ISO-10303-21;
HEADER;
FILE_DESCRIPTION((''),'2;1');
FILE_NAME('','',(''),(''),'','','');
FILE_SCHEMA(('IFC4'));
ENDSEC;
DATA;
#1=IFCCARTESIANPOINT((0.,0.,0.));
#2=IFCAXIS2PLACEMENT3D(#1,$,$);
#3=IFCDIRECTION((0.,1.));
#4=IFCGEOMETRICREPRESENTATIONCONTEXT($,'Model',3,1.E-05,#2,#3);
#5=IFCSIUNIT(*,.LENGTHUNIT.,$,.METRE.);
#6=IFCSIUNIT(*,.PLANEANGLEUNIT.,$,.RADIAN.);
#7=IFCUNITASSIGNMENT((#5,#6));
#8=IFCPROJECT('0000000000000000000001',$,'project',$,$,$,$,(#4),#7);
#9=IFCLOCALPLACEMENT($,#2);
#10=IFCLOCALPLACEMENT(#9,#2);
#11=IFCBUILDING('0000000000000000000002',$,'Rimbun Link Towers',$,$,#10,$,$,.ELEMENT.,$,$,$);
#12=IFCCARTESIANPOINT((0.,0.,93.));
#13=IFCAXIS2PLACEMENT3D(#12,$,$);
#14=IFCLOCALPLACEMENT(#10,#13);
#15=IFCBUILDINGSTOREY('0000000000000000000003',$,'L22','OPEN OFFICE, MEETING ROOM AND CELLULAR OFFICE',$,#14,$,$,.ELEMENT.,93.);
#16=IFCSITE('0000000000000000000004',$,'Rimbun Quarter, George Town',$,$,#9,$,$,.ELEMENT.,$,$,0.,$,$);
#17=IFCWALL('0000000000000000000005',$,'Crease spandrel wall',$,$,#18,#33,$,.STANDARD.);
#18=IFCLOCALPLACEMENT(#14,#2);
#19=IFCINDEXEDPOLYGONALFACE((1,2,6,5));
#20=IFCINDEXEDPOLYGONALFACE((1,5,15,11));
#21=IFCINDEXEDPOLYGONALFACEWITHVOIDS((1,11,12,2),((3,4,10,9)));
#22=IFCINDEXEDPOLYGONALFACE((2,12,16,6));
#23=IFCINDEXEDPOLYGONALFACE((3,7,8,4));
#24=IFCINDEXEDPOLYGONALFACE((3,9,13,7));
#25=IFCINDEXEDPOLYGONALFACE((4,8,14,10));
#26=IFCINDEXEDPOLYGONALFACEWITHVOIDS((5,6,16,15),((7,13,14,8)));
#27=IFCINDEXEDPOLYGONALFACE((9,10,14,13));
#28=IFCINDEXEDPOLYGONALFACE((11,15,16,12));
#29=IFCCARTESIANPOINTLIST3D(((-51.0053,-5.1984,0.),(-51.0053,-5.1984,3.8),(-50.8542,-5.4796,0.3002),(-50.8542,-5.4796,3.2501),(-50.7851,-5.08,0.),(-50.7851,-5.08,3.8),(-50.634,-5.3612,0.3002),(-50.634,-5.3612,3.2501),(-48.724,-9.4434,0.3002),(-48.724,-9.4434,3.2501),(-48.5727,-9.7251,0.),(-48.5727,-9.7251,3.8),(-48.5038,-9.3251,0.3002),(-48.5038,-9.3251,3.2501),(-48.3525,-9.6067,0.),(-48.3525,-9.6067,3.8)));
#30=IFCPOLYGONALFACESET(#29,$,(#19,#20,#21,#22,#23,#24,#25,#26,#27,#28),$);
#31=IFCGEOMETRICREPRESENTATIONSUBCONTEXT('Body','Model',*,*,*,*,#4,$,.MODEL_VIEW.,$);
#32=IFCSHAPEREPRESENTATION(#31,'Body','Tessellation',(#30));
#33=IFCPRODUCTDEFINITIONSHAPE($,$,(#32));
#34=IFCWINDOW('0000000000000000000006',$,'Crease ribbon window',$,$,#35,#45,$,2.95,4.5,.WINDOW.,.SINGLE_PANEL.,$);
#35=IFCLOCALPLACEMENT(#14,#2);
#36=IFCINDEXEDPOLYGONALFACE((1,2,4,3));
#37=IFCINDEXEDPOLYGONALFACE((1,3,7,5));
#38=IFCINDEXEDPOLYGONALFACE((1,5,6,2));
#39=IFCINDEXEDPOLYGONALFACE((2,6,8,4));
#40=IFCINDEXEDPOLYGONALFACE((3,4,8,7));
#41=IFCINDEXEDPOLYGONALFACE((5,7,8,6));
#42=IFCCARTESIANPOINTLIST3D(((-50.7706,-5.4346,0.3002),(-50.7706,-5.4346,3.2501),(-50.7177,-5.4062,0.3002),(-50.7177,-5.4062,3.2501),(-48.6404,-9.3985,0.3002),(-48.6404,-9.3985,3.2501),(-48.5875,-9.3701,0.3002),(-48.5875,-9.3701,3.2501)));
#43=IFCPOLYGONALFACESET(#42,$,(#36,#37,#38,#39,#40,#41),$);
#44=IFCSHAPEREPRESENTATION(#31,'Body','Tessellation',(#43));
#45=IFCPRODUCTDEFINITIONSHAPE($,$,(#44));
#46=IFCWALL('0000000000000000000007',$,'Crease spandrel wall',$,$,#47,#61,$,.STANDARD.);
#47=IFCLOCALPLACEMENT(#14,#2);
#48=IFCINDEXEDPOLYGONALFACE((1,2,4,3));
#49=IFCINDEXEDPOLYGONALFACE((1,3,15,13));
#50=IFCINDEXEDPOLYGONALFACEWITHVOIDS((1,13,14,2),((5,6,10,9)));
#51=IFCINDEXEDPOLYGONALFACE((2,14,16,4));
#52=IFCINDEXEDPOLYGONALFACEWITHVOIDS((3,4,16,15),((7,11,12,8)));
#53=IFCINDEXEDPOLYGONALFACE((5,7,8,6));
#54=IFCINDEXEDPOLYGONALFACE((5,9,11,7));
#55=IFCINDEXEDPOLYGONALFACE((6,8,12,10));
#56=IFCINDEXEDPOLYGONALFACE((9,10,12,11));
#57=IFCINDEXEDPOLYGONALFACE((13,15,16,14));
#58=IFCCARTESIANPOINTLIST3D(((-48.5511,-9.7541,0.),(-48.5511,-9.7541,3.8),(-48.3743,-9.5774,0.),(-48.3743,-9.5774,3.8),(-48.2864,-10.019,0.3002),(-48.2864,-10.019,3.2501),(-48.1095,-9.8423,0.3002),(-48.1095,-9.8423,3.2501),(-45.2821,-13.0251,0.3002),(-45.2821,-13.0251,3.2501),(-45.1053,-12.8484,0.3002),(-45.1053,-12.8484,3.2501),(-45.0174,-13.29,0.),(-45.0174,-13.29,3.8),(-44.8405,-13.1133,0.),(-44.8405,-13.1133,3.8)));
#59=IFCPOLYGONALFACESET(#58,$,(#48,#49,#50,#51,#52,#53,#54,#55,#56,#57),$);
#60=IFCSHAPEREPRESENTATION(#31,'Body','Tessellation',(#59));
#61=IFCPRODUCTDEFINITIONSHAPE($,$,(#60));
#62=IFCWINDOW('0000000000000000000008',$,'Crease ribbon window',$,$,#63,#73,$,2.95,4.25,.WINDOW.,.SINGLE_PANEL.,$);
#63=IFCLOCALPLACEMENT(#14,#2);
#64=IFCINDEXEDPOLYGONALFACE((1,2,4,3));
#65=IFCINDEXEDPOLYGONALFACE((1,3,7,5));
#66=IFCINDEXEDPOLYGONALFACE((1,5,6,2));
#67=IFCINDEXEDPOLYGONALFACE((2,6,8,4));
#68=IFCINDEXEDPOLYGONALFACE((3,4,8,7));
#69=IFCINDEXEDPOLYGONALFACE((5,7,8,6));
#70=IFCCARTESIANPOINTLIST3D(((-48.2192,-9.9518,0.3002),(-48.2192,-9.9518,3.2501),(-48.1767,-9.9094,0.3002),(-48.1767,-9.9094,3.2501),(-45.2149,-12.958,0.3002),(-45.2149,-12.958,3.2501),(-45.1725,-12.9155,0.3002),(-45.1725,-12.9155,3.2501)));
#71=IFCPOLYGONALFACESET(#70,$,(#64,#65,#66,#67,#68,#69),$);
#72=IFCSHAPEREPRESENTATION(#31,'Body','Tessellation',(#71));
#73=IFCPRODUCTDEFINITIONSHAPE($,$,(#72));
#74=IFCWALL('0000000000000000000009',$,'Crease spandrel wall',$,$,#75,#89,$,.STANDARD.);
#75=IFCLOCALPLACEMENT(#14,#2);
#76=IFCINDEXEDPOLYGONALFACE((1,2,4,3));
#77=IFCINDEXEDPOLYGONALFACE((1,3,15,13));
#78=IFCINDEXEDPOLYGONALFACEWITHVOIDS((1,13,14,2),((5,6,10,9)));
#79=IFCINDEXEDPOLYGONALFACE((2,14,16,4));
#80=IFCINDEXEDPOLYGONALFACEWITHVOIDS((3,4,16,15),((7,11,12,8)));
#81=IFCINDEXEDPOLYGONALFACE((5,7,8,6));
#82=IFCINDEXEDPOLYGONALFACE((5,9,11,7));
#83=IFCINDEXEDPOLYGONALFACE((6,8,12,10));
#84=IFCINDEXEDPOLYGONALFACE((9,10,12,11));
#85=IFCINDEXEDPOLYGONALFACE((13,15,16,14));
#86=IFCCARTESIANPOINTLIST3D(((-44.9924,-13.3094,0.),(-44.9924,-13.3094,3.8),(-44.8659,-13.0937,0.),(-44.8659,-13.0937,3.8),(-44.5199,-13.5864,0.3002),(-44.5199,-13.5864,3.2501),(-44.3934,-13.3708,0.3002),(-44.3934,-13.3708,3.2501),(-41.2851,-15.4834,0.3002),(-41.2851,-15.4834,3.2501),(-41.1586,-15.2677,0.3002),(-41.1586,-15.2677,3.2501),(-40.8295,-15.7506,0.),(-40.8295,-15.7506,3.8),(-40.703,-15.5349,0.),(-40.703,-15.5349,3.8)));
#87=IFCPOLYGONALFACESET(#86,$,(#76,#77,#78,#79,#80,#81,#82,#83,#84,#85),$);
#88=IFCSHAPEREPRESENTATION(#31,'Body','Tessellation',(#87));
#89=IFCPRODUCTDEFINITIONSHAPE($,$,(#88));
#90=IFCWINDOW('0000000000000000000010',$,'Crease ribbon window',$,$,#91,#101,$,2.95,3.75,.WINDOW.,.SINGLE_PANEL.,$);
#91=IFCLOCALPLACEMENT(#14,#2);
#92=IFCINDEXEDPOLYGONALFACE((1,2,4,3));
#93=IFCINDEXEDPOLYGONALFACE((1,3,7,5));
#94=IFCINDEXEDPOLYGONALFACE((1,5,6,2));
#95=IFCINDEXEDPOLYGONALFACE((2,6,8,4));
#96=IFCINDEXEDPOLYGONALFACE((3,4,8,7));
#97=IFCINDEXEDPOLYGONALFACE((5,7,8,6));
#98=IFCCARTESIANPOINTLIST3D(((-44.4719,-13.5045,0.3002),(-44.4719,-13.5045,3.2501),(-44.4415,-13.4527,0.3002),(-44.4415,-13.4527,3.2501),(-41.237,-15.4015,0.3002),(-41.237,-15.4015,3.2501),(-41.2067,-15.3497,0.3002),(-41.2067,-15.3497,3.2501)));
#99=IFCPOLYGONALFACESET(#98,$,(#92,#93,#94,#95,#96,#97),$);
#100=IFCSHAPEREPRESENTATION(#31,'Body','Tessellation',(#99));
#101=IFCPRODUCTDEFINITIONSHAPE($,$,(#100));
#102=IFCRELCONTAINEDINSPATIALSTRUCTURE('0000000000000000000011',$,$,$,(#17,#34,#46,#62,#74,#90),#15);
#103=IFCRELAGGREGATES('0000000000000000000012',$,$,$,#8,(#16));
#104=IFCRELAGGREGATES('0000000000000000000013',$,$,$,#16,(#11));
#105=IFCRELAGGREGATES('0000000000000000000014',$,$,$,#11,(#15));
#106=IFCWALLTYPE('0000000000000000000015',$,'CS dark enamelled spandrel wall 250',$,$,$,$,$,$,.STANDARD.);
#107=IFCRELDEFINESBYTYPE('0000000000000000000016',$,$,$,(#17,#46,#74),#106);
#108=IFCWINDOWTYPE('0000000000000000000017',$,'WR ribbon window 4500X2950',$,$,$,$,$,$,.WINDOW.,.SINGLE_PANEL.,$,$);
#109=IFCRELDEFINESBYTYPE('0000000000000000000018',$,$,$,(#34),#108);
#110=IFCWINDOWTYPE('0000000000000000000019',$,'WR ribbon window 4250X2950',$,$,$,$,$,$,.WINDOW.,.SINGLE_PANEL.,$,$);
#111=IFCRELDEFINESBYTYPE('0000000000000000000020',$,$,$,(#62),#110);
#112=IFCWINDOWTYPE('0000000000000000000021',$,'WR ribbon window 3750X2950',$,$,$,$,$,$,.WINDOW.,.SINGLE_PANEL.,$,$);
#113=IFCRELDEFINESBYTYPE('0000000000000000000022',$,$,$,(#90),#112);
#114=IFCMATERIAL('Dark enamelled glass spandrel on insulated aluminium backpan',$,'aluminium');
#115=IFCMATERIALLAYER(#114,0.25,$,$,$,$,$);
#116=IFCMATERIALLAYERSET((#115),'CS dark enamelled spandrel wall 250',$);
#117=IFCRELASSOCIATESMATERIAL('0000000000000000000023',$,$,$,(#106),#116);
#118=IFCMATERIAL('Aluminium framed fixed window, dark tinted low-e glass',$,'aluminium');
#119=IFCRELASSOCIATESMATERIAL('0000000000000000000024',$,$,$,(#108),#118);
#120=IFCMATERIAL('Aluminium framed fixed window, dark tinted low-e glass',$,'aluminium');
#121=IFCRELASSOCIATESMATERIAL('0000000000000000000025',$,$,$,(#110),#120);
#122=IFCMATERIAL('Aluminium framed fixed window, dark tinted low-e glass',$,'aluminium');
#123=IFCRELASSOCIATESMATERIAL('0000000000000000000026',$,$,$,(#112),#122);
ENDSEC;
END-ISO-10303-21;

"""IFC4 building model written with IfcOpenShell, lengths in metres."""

from ifc_helpers import new_model, si_unit, direction, frame, frame_2d, origin, place, context, subcontext, project, spatial, rectangle, extrude, material, layer, layer_set, type_object, element, fill, save


model = new_model("IFC4")

# Units and contexts
model_context = context("Model", 3, precision=1e-05, world=origin(), true_north=direction((0.0, 1.0)))
body_context = subcontext(model_context, "Body", "Model", "MODEL_VIEW")
ifc_project = project(units=[si_unit("LENGTHUNIT", "METRE"), si_unit("PLANEANGLEUNIT", "RADIAN")], contexts=[model_context])

# Site, building, storey
site_placement = place(None, origin())
site = spatial("IfcSite", under=ifc_project, at=site_placement, Name="Rimbun Quarter, George Town", CompositionType="ELEMENT", RefElevation=0.0)
building_placement = place(site_placement, origin())
building = spatial("IfcBuilding", under=site, at=building_placement, Name="Rimbun Link Towers", CompositionType="ELEMENT")
storey_placement = place(building_placement, frame((0.0, 0.0, 93.0)))
storey = spatial("IfcBuildingStorey", under=building, at=storey_placement, Name="L22", Description="OPEN OFFICE, MEETING ROOM AND CELLULAR OFFICE", CompositionType="ELEMENT", Elevation=93.0)

# Shared definitions
ifc_material_1 = material(Name="Dark enamelled glass spandrel on insulated aluminium backpan", Category="aluminium")
ifc_layer_1 = layer(ifc_material_1, 0.25)
ifc_layer_set_1 = layer_set([ifc_layer_1], Name="CS dark enamelled spandrel wall 250")
wall_type_1 = type_object("IfcWallType", Name="CS dark enamelled spandrel wall 250", PredefinedType="STANDARD", material=ifc_layer_set_1)

# Walls, openings, windows
wall_1_placement = place(storey_placement, frame((-48.4626, -9.6658, 0.0), z_axis=(0.0, 0.0, 1.0), x_axis=(-0.473377, 0.88086, 0.0)))
wall_1 = element("IfcWall", 1, at=wall_1_placement, inside=storey, type_object=wall_type_1, Name="Crease spandrel wall", PredefinedType="STANDARD", context=body_context, shape_type="SweptSolid", body=[
    extrude(rectangle(XDim=5.1389, YDim=0.25, at=frame_2d((2.5693, 0.0))), origin(), (0.0, 0.0, 1.0), 3.8),
])
opening_1_placement = place(wall_1_placement, frame((0.3196, 0.0, 0.3)))
opening_1 = element("IfcOpeningElement", 2, at=opening_1_placement, cuts=wall_1, PredefinedType="OPENING", context=body_context, shape_type="SweptSolid", body=[
    extrude(rectangle(XDim=4.5, YDim=2.95, at=frame_2d((2.25, 1.4751))), frame((0.0, 0.135, 0.0), z_axis=(0.0, -1.0, 0.0), x_axis=(1.0, 0.0, 0.0)), (0.0, 0.0, 1.0), 0.27),
])
ifc_material_2 = material(Name="Aluminium framed fixed window, dark tinted low-e glass", Category="aluminium")
window_type_1 = type_object("IfcWindowType", Name="WR ribbon window 4500X2950", PartitioningType="SINGLE_PANEL", PredefinedType="WINDOW", material=ifc_material_2)
window_1_placement = place(opening_1_placement, origin())
window_1 = element("IfcWindow", 3, at=window_1_placement, inside=storey, type_object=window_type_1, Name="Crease ribbon window", OverallHeight=2.95, OverallWidth=4.5, PartitioningType="SINGLE_PANEL", PredefinedType="WINDOW", context=body_context, shape_type="SweptSolid", body=[
    extrude(rectangle(XDim=4.5, YDim=2.95, at=frame_2d((2.25, 1.4751))), frame((0.0, 0.03, 0.0), z_axis=(0.0, -1.0, 0.0), x_axis=(1.0, 0.0, 0.0)), (0.0, 0.0, 1.0), 0.0601),
])
fill(opening_1, window_1)
wall_2_placement = place(storey_placement, frame((-44.929, -13.2017, 0.0), z_axis=(0.0, 0.0, 1.0), x_axis=(-0.706887, 0.707327, 0.0)))
wall_2 = element("IfcWall", 4, at=wall_2_placement, inside=storey, type_object=wall_type_1, Name="Crease spandrel wall", PredefinedType="STANDARD", context=body_context, shape_type="SweptSolid", body=[
    extrude(rectangle(XDim=4.999, YDim=0.25, at=frame_2d((2.4995, 0.0))), origin(), (0.0, 0.0, 1.0), 3.8),
])
opening_2_placement = place(wall_2_placement, frame((0.3745, 0.0, 0.3)))
opening_2 = element("IfcOpeningElement", 5, at=opening_2_placement, cuts=wall_2, PredefinedType="OPENING", context=body_context, shape_type="SweptSolid", body=[
    extrude(rectangle(XDim=4.25, YDim=2.95, at=frame_2d((2.125, 1.4751))), frame((0.0, 0.135, 0.0), z_axis=(0.0, -1.0, 0.0), x_axis=(1.0, 0.0, 0.0)), (0.0, 0.0, 1.0), 0.27),
])
ifc_material_3 = material(Name="Aluminium framed fixed window, dark tinted low-e glass", Category="aluminium")
window_type_2 = type_object("IfcWindowType", Name="WR ribbon window 4250X2950", PartitioningType="SINGLE_PANEL", PredefinedType="WINDOW", material=ifc_material_3)
window_2_placement = place(opening_2_placement, origin())
window_2 = element("IfcWindow", 6, at=window_2_placement, inside=storey, type_object=window_type_2, Name="Crease ribbon window", OverallHeight=2.95, OverallWidth=4.25, PartitioningType="SINGLE_PANEL", PredefinedType="WINDOW", context=body_context, shape_type="SweptSolid", body=[
    extrude(rectangle(XDim=4.25, YDim=2.95, at=frame_2d((2.125, 1.4751))), frame((0.0, 0.03, 0.0), z_axis=(0.0, -1.0, 0.0), x_axis=(1.0, 0.0, 0.0)), (0.0, 0.0, 1.0), 0.0601),
])
fill(opening_2, window_2)
wall_3_placement = place(storey_placement, frame((-40.7661, -15.6428, 0.0), z_axis=(0.0, 0.0, 1.0), x_axis=(-0.862619, 0.505855, 0.0)))
wall_3 = element("IfcWall", 7, at=wall_3_placement, inside=storey, type_object=wall_type_1, Name="Crease spandrel wall", PredefinedType="STANDARD", context=body_context, shape_type="SweptSolid", body=[
    extrude(rectangle(XDim=4.8259, YDim=0.25, at=frame_2d((2.4131, 0.0))), origin(), (0.0, 0.0, 1.0), 3.8),
])
opening_3_placement = place(wall_3_placement, frame((0.5283, 0.0, 0.3)))
opening_3 = element("IfcOpeningElement", 8, at=opening_3_placement, cuts=wall_3, PredefinedType="OPENING", context=body_context, shape_type="SweptSolid", body=[
    extrude(rectangle(XDim=3.75, YDim=2.95, at=frame_2d((1.875, 1.4751))), frame((0.0, 0.135, 0.0), z_axis=(0.0, -1.0, 0.0), x_axis=(1.0, 0.0, 0.0)), (0.0, 0.0, 1.0), 0.27),
])
ifc_material_4 = material(Name="Aluminium framed fixed window, dark tinted low-e glass", Category="aluminium")
window_type_3 = type_object("IfcWindowType", Name="WR ribbon window 3750X2950", PartitioningType="SINGLE_PANEL", PredefinedType="WINDOW", material=ifc_material_4)
window_3_placement = place(opening_3_placement, origin())
window_3 = element("IfcWindow", 9, at=window_3_placement, inside=storey, type_object=window_type_3, Name="Crease ribbon window", OverallHeight=2.95, OverallWidth=3.75, PartitioningType="SINGLE_PANEL", PredefinedType="WINDOW", context=body_context, shape_type="SweptSolid", body=[
    extrude(rectangle(XDim=3.75, YDim=2.95, at=frame_2d((1.875, 1.4751))), frame((0.0, 0.03, 0.0), z_axis=(0.0, -1.0, 0.0), x_axis=(1.0, 0.0, 0.0)), (0.0, 0.0, 1.0), 0.0601),
])
fill(opening_3, window_3)

save(model, "model.ifc")
